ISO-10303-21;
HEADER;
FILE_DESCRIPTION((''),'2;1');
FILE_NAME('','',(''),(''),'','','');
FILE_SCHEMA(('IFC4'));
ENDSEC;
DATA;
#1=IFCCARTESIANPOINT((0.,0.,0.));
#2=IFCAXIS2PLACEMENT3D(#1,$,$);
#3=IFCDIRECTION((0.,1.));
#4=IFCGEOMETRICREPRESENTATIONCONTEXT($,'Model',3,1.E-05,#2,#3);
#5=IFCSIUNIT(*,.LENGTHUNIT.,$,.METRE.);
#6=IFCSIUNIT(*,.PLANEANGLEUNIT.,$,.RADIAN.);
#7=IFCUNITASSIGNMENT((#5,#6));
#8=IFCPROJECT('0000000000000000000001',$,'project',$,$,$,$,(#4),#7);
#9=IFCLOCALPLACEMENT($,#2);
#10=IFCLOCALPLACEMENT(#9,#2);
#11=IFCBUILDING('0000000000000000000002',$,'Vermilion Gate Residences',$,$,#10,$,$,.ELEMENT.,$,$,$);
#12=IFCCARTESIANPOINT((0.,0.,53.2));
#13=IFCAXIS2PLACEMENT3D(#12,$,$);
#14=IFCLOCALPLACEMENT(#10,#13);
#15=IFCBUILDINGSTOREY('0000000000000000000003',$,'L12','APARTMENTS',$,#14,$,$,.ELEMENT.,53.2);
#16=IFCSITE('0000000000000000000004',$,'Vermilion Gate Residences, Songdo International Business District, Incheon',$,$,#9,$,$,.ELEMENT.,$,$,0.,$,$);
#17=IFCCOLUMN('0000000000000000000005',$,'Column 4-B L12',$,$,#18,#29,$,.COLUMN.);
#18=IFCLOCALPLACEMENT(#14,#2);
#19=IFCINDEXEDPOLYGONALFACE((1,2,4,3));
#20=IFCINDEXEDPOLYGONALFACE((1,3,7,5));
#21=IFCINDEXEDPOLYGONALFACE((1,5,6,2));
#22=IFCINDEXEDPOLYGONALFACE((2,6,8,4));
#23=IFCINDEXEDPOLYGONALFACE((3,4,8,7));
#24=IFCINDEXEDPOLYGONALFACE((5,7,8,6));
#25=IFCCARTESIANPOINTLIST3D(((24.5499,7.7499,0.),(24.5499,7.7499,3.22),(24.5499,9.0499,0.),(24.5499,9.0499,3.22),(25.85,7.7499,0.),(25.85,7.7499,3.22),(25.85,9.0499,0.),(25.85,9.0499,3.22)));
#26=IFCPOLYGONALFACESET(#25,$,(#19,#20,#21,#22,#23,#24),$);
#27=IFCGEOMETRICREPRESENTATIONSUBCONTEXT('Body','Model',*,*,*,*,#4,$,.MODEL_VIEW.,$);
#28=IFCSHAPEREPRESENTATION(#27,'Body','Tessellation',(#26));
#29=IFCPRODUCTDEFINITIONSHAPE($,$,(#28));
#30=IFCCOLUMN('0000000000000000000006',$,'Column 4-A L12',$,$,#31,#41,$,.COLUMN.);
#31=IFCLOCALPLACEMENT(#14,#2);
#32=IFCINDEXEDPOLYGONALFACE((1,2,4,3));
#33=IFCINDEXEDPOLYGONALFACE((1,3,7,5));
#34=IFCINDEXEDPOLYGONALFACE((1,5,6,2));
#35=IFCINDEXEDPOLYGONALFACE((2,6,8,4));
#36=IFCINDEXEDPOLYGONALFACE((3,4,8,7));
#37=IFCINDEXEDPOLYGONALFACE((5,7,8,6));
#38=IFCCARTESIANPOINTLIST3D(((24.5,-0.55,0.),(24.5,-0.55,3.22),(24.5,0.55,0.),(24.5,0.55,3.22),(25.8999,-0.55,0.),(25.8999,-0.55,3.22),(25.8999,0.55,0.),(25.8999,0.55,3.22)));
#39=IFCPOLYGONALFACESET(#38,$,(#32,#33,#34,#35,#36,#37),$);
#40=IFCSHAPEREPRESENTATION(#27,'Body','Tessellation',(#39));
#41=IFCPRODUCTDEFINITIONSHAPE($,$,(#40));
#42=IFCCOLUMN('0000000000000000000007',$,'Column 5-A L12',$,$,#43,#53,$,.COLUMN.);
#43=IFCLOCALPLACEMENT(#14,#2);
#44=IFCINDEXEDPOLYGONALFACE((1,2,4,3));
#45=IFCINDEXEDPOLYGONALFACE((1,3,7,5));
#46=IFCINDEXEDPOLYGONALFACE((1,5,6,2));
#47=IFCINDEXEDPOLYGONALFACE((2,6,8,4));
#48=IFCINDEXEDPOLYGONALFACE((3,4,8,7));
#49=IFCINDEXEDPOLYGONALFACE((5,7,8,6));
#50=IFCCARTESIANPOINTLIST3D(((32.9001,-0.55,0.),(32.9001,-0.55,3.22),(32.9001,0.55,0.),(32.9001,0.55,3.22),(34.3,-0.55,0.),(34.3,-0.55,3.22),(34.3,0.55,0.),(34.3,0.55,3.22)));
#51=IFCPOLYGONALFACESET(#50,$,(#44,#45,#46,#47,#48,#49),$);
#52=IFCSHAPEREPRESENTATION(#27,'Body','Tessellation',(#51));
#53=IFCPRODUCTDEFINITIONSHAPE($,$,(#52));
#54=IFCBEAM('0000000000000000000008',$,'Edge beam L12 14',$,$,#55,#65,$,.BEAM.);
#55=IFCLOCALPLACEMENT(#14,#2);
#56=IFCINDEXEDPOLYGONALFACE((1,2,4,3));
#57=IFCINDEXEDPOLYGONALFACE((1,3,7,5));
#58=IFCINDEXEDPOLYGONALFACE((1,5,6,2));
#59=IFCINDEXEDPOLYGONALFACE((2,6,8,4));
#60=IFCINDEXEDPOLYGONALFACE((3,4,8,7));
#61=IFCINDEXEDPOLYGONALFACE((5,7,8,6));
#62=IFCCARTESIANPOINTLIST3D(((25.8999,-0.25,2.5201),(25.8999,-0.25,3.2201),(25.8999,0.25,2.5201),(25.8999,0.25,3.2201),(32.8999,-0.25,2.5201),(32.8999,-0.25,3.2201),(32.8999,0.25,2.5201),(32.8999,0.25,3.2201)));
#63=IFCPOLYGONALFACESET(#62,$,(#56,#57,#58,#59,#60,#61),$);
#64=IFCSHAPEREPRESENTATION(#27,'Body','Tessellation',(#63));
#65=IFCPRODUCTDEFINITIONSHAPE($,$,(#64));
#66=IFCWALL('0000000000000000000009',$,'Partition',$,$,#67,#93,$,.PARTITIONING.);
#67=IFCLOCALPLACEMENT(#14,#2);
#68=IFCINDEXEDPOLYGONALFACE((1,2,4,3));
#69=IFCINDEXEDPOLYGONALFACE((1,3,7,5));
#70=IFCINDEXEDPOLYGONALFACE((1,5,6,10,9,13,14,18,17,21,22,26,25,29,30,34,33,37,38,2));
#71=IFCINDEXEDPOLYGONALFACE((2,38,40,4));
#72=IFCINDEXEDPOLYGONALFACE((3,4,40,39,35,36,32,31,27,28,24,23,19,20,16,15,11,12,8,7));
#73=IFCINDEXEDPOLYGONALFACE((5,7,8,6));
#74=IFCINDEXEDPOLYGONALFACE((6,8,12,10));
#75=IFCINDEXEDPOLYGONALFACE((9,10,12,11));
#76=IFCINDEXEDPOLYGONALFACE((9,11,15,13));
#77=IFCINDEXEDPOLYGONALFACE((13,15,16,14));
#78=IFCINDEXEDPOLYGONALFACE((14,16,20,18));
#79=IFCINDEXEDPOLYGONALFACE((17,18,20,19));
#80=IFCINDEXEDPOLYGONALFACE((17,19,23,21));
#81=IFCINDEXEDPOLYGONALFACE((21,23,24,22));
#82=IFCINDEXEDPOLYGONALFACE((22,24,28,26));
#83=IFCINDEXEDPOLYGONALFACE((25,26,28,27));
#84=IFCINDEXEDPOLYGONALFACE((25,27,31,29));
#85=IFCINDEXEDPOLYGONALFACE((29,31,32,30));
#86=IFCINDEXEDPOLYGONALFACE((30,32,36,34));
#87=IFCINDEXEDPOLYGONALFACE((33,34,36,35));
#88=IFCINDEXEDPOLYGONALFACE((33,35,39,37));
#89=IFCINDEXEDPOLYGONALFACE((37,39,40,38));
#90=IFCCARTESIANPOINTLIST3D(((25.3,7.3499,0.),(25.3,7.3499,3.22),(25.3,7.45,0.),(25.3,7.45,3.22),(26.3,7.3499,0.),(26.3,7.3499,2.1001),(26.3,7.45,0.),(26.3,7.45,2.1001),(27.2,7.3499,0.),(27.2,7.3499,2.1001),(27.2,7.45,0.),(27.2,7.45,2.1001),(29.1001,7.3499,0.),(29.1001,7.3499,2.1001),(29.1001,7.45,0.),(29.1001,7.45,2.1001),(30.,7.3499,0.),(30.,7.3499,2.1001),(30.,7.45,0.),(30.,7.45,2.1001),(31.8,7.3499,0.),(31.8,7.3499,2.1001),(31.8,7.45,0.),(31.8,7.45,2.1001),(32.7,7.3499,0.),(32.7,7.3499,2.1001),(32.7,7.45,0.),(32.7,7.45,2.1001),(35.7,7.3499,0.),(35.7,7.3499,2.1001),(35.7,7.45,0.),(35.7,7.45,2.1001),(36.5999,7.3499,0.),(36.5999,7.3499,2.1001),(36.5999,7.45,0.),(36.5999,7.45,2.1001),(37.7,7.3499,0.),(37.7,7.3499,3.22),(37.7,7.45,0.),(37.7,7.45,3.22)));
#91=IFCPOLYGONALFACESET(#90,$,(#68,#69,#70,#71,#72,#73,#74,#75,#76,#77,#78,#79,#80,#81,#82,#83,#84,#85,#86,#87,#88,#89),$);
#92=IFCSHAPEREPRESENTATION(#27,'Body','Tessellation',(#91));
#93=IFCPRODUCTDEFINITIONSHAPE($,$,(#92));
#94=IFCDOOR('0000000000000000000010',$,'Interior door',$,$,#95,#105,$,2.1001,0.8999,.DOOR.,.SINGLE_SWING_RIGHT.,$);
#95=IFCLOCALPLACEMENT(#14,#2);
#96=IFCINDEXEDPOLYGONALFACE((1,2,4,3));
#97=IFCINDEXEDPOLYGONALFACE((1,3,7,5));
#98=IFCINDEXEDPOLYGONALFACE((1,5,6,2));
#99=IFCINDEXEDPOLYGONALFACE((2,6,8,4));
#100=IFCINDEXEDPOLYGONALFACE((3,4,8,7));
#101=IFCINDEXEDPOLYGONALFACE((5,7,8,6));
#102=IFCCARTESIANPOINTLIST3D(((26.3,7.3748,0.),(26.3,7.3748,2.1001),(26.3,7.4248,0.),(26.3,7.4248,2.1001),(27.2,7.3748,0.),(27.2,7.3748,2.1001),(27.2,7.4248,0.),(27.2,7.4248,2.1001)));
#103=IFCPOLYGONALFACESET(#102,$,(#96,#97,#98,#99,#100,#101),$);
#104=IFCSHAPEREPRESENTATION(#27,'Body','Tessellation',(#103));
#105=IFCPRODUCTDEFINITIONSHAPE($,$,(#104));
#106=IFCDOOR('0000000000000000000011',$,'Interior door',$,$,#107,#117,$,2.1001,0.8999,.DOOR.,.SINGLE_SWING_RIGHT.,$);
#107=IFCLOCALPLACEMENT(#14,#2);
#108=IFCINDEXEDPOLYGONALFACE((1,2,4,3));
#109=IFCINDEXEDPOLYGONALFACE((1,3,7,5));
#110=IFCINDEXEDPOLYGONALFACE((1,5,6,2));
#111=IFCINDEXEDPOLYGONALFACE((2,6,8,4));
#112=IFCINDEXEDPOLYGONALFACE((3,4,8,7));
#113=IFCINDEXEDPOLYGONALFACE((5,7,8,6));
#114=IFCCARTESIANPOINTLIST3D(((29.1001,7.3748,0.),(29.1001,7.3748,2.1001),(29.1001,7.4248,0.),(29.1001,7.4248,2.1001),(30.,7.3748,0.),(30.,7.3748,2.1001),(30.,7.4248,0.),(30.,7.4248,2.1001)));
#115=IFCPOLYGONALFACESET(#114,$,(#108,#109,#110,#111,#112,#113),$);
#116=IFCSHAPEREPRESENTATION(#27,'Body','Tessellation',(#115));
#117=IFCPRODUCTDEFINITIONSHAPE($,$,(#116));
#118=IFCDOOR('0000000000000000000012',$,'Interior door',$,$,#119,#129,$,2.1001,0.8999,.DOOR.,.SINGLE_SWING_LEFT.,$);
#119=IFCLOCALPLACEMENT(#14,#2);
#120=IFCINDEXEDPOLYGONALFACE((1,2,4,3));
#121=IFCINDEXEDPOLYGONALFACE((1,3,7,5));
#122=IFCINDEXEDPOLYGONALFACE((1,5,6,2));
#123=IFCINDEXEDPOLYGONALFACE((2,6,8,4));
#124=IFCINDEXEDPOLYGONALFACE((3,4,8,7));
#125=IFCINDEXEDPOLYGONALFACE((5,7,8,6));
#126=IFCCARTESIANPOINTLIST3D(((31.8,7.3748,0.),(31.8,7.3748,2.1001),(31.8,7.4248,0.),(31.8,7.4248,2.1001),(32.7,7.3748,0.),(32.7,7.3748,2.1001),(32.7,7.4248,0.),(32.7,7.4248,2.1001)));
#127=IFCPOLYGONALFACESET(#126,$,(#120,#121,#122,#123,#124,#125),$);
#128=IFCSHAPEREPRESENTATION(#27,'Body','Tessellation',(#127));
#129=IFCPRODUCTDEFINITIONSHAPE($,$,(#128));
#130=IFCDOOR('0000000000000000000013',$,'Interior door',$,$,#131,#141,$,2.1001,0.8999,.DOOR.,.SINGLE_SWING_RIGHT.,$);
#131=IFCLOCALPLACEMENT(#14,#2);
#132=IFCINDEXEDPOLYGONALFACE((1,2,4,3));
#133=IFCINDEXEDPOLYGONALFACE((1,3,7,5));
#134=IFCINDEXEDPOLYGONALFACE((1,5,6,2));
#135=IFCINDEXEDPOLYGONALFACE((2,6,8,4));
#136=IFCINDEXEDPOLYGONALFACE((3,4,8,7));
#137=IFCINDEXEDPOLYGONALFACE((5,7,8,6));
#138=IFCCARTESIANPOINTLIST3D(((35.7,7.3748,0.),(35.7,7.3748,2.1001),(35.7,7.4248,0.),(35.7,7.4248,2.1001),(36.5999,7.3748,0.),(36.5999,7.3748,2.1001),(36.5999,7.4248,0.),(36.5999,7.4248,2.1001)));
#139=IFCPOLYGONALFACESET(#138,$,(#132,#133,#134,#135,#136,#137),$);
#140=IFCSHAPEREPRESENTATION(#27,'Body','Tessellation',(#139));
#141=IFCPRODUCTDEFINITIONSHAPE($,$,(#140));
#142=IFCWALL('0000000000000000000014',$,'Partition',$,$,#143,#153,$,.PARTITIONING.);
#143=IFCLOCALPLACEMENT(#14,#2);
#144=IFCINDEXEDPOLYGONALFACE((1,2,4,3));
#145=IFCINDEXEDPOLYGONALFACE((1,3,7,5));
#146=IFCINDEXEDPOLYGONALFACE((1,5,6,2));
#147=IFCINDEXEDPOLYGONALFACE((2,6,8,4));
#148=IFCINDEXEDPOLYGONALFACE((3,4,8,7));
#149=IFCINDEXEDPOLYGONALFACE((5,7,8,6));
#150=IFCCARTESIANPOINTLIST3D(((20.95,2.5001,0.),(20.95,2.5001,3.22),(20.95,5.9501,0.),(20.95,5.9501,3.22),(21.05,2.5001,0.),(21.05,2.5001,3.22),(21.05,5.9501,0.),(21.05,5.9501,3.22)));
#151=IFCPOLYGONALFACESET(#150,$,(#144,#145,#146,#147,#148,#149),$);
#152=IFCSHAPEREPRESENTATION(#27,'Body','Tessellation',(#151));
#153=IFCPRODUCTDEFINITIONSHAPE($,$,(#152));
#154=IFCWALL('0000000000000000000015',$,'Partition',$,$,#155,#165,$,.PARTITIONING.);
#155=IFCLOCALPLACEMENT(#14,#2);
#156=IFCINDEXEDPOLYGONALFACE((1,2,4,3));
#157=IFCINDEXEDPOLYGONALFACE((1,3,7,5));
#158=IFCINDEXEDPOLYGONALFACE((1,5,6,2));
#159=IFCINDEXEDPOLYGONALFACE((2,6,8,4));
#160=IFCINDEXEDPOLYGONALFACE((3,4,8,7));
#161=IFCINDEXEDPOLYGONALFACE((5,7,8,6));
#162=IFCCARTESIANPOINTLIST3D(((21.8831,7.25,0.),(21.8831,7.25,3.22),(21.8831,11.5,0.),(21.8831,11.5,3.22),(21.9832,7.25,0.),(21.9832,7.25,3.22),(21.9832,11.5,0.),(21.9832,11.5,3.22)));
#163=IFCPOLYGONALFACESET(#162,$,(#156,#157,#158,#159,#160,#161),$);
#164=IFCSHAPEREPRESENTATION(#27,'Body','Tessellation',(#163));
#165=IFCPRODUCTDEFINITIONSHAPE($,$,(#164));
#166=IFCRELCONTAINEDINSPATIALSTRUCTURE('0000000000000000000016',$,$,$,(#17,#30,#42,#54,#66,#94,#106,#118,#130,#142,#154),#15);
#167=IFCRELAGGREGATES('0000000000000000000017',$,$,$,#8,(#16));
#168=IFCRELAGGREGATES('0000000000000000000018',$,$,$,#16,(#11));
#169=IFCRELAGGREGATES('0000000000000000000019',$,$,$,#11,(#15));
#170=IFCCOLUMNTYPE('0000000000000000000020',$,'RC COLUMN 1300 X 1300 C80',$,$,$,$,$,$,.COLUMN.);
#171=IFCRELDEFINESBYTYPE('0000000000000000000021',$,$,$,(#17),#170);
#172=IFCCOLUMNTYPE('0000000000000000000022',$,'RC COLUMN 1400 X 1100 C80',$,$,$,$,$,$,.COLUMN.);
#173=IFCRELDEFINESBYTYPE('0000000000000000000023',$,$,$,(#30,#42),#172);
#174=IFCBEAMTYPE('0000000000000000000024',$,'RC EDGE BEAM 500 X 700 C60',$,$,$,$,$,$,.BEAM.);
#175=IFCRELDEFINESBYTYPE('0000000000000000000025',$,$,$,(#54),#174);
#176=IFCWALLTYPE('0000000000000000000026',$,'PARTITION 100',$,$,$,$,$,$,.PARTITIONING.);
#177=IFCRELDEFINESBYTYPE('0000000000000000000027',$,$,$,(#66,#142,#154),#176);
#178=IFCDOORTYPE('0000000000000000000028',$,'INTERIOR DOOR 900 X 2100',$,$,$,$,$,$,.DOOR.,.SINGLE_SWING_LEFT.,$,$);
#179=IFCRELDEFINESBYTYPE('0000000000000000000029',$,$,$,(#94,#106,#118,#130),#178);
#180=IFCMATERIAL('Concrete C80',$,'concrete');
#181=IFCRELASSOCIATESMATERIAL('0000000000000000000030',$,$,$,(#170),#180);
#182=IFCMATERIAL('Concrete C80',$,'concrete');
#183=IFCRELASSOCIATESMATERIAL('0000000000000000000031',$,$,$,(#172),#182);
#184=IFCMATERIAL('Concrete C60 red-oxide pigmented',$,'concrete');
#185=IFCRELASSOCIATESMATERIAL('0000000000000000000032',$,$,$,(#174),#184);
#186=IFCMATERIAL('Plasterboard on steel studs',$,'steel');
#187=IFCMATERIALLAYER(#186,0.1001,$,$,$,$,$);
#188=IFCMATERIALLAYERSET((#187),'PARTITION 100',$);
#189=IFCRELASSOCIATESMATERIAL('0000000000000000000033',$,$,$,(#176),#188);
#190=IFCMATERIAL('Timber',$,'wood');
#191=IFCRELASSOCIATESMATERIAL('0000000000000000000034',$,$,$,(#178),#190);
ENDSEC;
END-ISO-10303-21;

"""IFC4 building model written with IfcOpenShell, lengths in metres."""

from ifc_helpers import new_model, si_unit, direction, frame, frame_2d, origin, origin_2d, place, context, subcontext, project, spatial, rectangle, extrude, material, layer, layer_set, material_profile, profile_set, type_object, element, fill, save


model = new_model("IFC4")

# Units and contexts
model_context = context("Model", 3, precision=1e-05, world=origin(), true_north=direction((0.0, 1.0)))
body_context = subcontext(model_context, "Body", "Model", "MODEL_VIEW")
ifc_project = project(units=[si_unit("LENGTHUNIT", "METRE"), si_unit("PLANEANGLEUNIT", "RADIAN")], contexts=[model_context])

# Site, building, storey
site_placement = place(None, origin())
site = spatial("IfcSite", under=ifc_project, at=site_placement, Name="Vermilion Gate Residences, Songdo International Business District, Incheon", CompositionType="ELEMENT", RefElevation=0.0)
building_placement = place(site_placement, origin())
building = spatial("IfcBuilding", under=site, at=building_placement, Name="Vermilion Gate Residences", CompositionType="ELEMENT")
storey_placement = place(building_placement, frame((0.0, 0.0, 53.2)))
storey = spatial("IfcBuildingStorey", under=building, at=storey_placement, Name="L12", Description="APARTMENTS", CompositionType="ELEMENT", Elevation=53.2)

# Columns
ifc_material_1 = material(Name="Concrete C80", Category="concrete")
ifc_material_profile_1 = material_profile(ifc_material_1, rectangle(XDim=1.3, YDim=1.3, at=origin_2d()), Name="RC-1300x1300")
ifc_profile_set_1 = profile_set([ifc_material_profile_1], Name="Concrete C80")
column_type_1 = type_object("IfcColumnType", Name="RC COLUMN 1300 X 1300 C80", PredefinedType="COLUMN", material=ifc_profile_set_1)
column_placement = place(storey_placement, frame((25.2, 8.3999, 0.0), z_axis=(0.0, 0.0, 1.0), x_axis=(1.0, 0.0, 0.0)))
element("IfcColumn", 1, at=column_placement, inside=storey, type_object=column_type_1, Name="Column 4-B L12", PredefinedType="COLUMN", context=body_context, shape_type="SweptSolid", body=[
    extrude(rectangle(XDim=1.3, YDim=1.3, at=origin_2d()), origin(), (0.0, 0.0, 1.0), 3.22),
])
ifc_material_2 = material(Name="Concrete C80", Category="concrete")
ifc_material_profile_2 = material_profile(ifc_material_2, rectangle(XDim=1.3999, YDim=1.1001, at=origin_2d()), Name="RC-1400x1100")
ifc_profile_set_2 = profile_set([ifc_material_profile_2], Name="Concrete C80")
column_type_2 = type_object("IfcColumnType", Name="RC COLUMN 1400 X 1100 C80", PredefinedType="COLUMN", material=ifc_profile_set_2)
for number, where, z_axis, x_axis, name in (
    (2, (25.2, 0.0, 0.0), (0.0, 0.0, 1.0), (1.0, 0.0, 0.0), "Column 4-A L12"),
    (3, (33.6001, 0.0, 0.0), (0.0, 0.0, 1.0), (1.0, 0.0, 0.0), "Column 5-A L12"),
):
    element("IfcColumn", number, at=place(storey_placement, frame(where, z_axis=z_axis, x_axis=x_axis)), inside=storey, type_object=column_type_2, Name=name, PredefinedType="COLUMN", context=body_context, shape_type="SweptSolid", body=[
        extrude(rectangle(XDim=1.3999, YDim=1.1001, at=origin_2d()), origin(), (0.0, 0.0, 1.0), 3.22),
    ])

# Beam
ifc_material_3 = material(Name="Concrete C60 red-oxide pigmented", Category="concrete")
ifc_material_profile_3 = material_profile(ifc_material_3, rectangle(XDim=0.5, YDim=0.7, at=origin_2d()), Name="RC-500x700")
ifc_profile_set_3 = profile_set([ifc_material_profile_3], Name="Concrete C60 red-oxide pigmented")
beam_type = type_object("IfcBeamType", Name="RC EDGE BEAM 500 X 700 C60", PredefinedType="BEAM", material=ifc_profile_set_3)
beam_placement = place(storey_placement, frame((25.8999, 0.0, 2.8701), z_axis=(1.0, 0.0, 0.0), x_axis=(0.0, 1.0, 0.0)))
element("IfcBeam", 4, at=beam_placement, inside=storey, type_object=beam_type, Name="Edge beam L12 14", PredefinedType="BEAM", context=body_context, shape_type="SweptSolid", body=[
    extrude(rectangle(XDim=0.5, YDim=0.7, at=origin_2d()), origin(), (0.0, 0.0, 1.0), 7.0),
])

# Wall, openings, doors
ifc_material_4 = material(Name="Plasterboard on steel studs", Category="steel")
ifc_layer_1 = layer(ifc_material_4, 0.1001)
ifc_layer_set_1 = layer_set([ifc_layer_1], Name="PARTITION 100")
wall_type_1 = type_object("IfcWallType", Name="PARTITION 100", PredefinedType="PARTITIONING", material=ifc_layer_set_1)
wall_1_placement = place(storey_placement, frame((25.3, 7.3999, 0.0), z_axis=(0.0, 0.0, 1.0), x_axis=(1.0, 0.0, 0.0)))
wall_1 = element("IfcWall", 5, at=wall_1_placement, inside=storey, type_object=wall_type_1, Name="Partition", PredefinedType="PARTITIONING", context=body_context, shape_type="SweptSolid", body=[
    extrude(rectangle(XDim=12.3999, YDim=0.1001, at=frame_2d((6.2, 0.0))), origin(), (0.0, 0.0, 1.0), 3.22),
])
opening_1_placement = place(wall_1_placement, frame((1.0, 0.0, 0.0)))
opening_1 = element("IfcOpeningElement", 6, at=opening_1_placement, cuts=wall_1, PredefinedType="OPENING", context=body_context, shape_type="SweptSolid", body=[
    extrude(rectangle(XDim=0.8999, YDim=2.1001, at=frame_2d((0.45, 1.05))), frame((0.0, 0.0601, 0.0), z_axis=(0.0, -1.0, 0.0), x_axis=(1.0, 0.0, 0.0)), (0.0, 0.0, 1.0), 0.1201),
])
opening_2_placement = place(wall_1_placement, frame((3.8, 0.0, 0.0)))
opening_2 = element("IfcOpeningElement", 7, at=opening_2_placement, cuts=wall_1, PredefinedType="OPENING", context=body_context, shape_type="SweptSolid", body=[
    extrude(rectangle(XDim=0.8999, YDim=2.1001, at=frame_2d((0.45, 1.05))), frame((0.0, 0.0601, 0.0), z_axis=(0.0, -1.0, 0.0), x_axis=(1.0, 0.0, 0.0)), (0.0, 0.0, 1.0), 0.1201),
])
opening_3_placement = place(wall_1_placement, frame((6.5, 0.0, 0.0)))
opening_3 = element("IfcOpeningElement", 8, at=opening_3_placement, cuts=wall_1, PredefinedType="OPENING", context=body_context, shape_type="SweptSolid", body=[
    extrude(rectangle(XDim=0.8999, YDim=2.1001, at=frame_2d((0.45, 1.05))), frame((0.0, 0.0601, 0.0), z_axis=(0.0, -1.0, 0.0), x_axis=(1.0, 0.0, 0.0)), (0.0, 0.0, 1.0), 0.1201),
])
opening_4_placement = place(wall_1_placement, frame((10.3999, 0.0, 0.0)))
opening_4 = element("IfcOpeningElement", 9, at=opening_4_placement, cuts=wall_1, PredefinedType="OPENING", context=body_context, shape_type="SweptSolid", body=[
    extrude(rectangle(XDim=0.8999, YDim=2.1001, at=frame_2d((0.45, 1.05))), frame((0.0, 0.0601, 0.0), z_axis=(0.0, -1.0, 0.0), x_axis=(1.0, 0.0, 0.0)), (0.0, 0.0, 1.0), 0.1201),
])
ifc_material_5 = material(Name="Timber", Category="wood")
door_type = type_object("IfcDoorType", Name="INTERIOR DOOR 900 X 2100", OperationType="SINGLE_SWING_LEFT", PredefinedType="DOOR", material=ifc_material_5)
door_1_placement = place(opening_1_placement, origin())
door_1 = element("IfcDoor", 10, at=door_1_placement, inside=storey, type_object=door_type, Name="Interior door", OperationType="SINGLE_SWING_RIGHT", OverallHeight=2.1001, OverallWidth=0.8999, PredefinedType="DOOR", context=body_context, shape_type="SweptSolid", body=[
    extrude(rectangle(XDim=0.8999, YDim=2.1001, at=frame_2d((0.45, 1.05))), frame((0.0, 0.0249, 0.0), z_axis=(0.0, -1.0, 0.0), x_axis=(1.0, 0.0, 0.0)), (0.0, 0.0, 1.0), 0.05),
])
fill(opening_1, door_1)
door_2_placement = place(opening_2_placement, origin())
door_2 = element("IfcDoor", 11, at=door_2_placement, inside=storey, type_object=door_type, Name="Interior door", OperationType="SINGLE_SWING_RIGHT", OverallHeight=2.1001, OverallWidth=0.8999, PredefinedType="DOOR", context=body_context, shape_type="SweptSolid", body=[
    extrude(rectangle(XDim=0.8999, YDim=2.1001, at=frame_2d((0.45, 1.05))), frame((0.0, 0.0249, 0.0), z_axis=(0.0, -1.0, 0.0), x_axis=(1.0, 0.0, 0.0)), (0.0, 0.0, 1.0), 0.05),
])
fill(opening_2, door_2)
door_3_placement = place(opening_3_placement, origin())
door_3 = element("IfcDoor", 12, at=door_3_placement, inside=storey, type_object=door_type, Name="Interior door", OperationType="SINGLE_SWING_LEFT", OverallHeight=2.1001, OverallWidth=0.8999, PredefinedType="DOOR", context=body_context, shape_type="SweptSolid", body=[
    extrude(rectangle(XDim=0.8999, YDim=2.1001, at=frame_2d((0.45, 1.05))), frame((0.0, 0.0249, 0.0), z_axis=(0.0, -1.0, 0.0), x_axis=(1.0, 0.0, 0.0)), (0.0, 0.0, 1.0), 0.05),
])
fill(opening_3, door_3)
door_4_placement = place(opening_4_placement, origin())
door_4 = element("IfcDoor", 13, at=door_4_placement, inside=storey, type_object=door_type, Name="Interior door", OperationType="SINGLE_SWING_RIGHT", OverallHeight=2.1001, OverallWidth=0.8999, PredefinedType="DOOR", context=body_context, shape_type="SweptSolid", body=[
    extrude(rectangle(XDim=0.8999, YDim=2.1001, at=frame_2d((0.45, 1.05))), frame((0.0, 0.0249, 0.0), z_axis=(0.0, -1.0, 0.0), x_axis=(1.0, 0.0, 0.0)), (0.0, 0.0, 1.0), 0.05),
])
fill(opening_4, door_4)

# Walls
wall_2_placement = place(storey_placement, frame((21.0, 2.5, 0.0), z_axis=(0.0, 0.0, 1.0), x_axis=(0.0, 1.0, 0.0)))
element("IfcWall", 14, at=wall_2_placement, inside=storey, type_object=wall_type_1, Name="Partition", PredefinedType="PARTITIONING", context=body_context, shape_type="SweptSolid", body=[
    extrude(rectangle(XDim=3.45, YDim=0.1001, at=frame_2d((1.7251, 0.0))), origin(), (0.0, 0.0, 1.0), 3.22),
])
wall_3_placement = place(storey_placement, frame((21.9331, 7.25, 0.0), z_axis=(0.0, 0.0, 1.0), x_axis=(0.0, 1.0, 0.0)))
element("IfcWall", 15, at=wall_3_placement, inside=storey, type_object=wall_type_1, Name="Partition", PredefinedType="PARTITIONING", context=body_context, shape_type="SweptSolid", body=[
    extrude(rectangle(XDim=4.25, YDim=0.1001, at=frame_2d((2.125, 0.0))), origin(), (0.0, 0.0, 1.0), 3.22),
])

save(model, "model.ifc")
